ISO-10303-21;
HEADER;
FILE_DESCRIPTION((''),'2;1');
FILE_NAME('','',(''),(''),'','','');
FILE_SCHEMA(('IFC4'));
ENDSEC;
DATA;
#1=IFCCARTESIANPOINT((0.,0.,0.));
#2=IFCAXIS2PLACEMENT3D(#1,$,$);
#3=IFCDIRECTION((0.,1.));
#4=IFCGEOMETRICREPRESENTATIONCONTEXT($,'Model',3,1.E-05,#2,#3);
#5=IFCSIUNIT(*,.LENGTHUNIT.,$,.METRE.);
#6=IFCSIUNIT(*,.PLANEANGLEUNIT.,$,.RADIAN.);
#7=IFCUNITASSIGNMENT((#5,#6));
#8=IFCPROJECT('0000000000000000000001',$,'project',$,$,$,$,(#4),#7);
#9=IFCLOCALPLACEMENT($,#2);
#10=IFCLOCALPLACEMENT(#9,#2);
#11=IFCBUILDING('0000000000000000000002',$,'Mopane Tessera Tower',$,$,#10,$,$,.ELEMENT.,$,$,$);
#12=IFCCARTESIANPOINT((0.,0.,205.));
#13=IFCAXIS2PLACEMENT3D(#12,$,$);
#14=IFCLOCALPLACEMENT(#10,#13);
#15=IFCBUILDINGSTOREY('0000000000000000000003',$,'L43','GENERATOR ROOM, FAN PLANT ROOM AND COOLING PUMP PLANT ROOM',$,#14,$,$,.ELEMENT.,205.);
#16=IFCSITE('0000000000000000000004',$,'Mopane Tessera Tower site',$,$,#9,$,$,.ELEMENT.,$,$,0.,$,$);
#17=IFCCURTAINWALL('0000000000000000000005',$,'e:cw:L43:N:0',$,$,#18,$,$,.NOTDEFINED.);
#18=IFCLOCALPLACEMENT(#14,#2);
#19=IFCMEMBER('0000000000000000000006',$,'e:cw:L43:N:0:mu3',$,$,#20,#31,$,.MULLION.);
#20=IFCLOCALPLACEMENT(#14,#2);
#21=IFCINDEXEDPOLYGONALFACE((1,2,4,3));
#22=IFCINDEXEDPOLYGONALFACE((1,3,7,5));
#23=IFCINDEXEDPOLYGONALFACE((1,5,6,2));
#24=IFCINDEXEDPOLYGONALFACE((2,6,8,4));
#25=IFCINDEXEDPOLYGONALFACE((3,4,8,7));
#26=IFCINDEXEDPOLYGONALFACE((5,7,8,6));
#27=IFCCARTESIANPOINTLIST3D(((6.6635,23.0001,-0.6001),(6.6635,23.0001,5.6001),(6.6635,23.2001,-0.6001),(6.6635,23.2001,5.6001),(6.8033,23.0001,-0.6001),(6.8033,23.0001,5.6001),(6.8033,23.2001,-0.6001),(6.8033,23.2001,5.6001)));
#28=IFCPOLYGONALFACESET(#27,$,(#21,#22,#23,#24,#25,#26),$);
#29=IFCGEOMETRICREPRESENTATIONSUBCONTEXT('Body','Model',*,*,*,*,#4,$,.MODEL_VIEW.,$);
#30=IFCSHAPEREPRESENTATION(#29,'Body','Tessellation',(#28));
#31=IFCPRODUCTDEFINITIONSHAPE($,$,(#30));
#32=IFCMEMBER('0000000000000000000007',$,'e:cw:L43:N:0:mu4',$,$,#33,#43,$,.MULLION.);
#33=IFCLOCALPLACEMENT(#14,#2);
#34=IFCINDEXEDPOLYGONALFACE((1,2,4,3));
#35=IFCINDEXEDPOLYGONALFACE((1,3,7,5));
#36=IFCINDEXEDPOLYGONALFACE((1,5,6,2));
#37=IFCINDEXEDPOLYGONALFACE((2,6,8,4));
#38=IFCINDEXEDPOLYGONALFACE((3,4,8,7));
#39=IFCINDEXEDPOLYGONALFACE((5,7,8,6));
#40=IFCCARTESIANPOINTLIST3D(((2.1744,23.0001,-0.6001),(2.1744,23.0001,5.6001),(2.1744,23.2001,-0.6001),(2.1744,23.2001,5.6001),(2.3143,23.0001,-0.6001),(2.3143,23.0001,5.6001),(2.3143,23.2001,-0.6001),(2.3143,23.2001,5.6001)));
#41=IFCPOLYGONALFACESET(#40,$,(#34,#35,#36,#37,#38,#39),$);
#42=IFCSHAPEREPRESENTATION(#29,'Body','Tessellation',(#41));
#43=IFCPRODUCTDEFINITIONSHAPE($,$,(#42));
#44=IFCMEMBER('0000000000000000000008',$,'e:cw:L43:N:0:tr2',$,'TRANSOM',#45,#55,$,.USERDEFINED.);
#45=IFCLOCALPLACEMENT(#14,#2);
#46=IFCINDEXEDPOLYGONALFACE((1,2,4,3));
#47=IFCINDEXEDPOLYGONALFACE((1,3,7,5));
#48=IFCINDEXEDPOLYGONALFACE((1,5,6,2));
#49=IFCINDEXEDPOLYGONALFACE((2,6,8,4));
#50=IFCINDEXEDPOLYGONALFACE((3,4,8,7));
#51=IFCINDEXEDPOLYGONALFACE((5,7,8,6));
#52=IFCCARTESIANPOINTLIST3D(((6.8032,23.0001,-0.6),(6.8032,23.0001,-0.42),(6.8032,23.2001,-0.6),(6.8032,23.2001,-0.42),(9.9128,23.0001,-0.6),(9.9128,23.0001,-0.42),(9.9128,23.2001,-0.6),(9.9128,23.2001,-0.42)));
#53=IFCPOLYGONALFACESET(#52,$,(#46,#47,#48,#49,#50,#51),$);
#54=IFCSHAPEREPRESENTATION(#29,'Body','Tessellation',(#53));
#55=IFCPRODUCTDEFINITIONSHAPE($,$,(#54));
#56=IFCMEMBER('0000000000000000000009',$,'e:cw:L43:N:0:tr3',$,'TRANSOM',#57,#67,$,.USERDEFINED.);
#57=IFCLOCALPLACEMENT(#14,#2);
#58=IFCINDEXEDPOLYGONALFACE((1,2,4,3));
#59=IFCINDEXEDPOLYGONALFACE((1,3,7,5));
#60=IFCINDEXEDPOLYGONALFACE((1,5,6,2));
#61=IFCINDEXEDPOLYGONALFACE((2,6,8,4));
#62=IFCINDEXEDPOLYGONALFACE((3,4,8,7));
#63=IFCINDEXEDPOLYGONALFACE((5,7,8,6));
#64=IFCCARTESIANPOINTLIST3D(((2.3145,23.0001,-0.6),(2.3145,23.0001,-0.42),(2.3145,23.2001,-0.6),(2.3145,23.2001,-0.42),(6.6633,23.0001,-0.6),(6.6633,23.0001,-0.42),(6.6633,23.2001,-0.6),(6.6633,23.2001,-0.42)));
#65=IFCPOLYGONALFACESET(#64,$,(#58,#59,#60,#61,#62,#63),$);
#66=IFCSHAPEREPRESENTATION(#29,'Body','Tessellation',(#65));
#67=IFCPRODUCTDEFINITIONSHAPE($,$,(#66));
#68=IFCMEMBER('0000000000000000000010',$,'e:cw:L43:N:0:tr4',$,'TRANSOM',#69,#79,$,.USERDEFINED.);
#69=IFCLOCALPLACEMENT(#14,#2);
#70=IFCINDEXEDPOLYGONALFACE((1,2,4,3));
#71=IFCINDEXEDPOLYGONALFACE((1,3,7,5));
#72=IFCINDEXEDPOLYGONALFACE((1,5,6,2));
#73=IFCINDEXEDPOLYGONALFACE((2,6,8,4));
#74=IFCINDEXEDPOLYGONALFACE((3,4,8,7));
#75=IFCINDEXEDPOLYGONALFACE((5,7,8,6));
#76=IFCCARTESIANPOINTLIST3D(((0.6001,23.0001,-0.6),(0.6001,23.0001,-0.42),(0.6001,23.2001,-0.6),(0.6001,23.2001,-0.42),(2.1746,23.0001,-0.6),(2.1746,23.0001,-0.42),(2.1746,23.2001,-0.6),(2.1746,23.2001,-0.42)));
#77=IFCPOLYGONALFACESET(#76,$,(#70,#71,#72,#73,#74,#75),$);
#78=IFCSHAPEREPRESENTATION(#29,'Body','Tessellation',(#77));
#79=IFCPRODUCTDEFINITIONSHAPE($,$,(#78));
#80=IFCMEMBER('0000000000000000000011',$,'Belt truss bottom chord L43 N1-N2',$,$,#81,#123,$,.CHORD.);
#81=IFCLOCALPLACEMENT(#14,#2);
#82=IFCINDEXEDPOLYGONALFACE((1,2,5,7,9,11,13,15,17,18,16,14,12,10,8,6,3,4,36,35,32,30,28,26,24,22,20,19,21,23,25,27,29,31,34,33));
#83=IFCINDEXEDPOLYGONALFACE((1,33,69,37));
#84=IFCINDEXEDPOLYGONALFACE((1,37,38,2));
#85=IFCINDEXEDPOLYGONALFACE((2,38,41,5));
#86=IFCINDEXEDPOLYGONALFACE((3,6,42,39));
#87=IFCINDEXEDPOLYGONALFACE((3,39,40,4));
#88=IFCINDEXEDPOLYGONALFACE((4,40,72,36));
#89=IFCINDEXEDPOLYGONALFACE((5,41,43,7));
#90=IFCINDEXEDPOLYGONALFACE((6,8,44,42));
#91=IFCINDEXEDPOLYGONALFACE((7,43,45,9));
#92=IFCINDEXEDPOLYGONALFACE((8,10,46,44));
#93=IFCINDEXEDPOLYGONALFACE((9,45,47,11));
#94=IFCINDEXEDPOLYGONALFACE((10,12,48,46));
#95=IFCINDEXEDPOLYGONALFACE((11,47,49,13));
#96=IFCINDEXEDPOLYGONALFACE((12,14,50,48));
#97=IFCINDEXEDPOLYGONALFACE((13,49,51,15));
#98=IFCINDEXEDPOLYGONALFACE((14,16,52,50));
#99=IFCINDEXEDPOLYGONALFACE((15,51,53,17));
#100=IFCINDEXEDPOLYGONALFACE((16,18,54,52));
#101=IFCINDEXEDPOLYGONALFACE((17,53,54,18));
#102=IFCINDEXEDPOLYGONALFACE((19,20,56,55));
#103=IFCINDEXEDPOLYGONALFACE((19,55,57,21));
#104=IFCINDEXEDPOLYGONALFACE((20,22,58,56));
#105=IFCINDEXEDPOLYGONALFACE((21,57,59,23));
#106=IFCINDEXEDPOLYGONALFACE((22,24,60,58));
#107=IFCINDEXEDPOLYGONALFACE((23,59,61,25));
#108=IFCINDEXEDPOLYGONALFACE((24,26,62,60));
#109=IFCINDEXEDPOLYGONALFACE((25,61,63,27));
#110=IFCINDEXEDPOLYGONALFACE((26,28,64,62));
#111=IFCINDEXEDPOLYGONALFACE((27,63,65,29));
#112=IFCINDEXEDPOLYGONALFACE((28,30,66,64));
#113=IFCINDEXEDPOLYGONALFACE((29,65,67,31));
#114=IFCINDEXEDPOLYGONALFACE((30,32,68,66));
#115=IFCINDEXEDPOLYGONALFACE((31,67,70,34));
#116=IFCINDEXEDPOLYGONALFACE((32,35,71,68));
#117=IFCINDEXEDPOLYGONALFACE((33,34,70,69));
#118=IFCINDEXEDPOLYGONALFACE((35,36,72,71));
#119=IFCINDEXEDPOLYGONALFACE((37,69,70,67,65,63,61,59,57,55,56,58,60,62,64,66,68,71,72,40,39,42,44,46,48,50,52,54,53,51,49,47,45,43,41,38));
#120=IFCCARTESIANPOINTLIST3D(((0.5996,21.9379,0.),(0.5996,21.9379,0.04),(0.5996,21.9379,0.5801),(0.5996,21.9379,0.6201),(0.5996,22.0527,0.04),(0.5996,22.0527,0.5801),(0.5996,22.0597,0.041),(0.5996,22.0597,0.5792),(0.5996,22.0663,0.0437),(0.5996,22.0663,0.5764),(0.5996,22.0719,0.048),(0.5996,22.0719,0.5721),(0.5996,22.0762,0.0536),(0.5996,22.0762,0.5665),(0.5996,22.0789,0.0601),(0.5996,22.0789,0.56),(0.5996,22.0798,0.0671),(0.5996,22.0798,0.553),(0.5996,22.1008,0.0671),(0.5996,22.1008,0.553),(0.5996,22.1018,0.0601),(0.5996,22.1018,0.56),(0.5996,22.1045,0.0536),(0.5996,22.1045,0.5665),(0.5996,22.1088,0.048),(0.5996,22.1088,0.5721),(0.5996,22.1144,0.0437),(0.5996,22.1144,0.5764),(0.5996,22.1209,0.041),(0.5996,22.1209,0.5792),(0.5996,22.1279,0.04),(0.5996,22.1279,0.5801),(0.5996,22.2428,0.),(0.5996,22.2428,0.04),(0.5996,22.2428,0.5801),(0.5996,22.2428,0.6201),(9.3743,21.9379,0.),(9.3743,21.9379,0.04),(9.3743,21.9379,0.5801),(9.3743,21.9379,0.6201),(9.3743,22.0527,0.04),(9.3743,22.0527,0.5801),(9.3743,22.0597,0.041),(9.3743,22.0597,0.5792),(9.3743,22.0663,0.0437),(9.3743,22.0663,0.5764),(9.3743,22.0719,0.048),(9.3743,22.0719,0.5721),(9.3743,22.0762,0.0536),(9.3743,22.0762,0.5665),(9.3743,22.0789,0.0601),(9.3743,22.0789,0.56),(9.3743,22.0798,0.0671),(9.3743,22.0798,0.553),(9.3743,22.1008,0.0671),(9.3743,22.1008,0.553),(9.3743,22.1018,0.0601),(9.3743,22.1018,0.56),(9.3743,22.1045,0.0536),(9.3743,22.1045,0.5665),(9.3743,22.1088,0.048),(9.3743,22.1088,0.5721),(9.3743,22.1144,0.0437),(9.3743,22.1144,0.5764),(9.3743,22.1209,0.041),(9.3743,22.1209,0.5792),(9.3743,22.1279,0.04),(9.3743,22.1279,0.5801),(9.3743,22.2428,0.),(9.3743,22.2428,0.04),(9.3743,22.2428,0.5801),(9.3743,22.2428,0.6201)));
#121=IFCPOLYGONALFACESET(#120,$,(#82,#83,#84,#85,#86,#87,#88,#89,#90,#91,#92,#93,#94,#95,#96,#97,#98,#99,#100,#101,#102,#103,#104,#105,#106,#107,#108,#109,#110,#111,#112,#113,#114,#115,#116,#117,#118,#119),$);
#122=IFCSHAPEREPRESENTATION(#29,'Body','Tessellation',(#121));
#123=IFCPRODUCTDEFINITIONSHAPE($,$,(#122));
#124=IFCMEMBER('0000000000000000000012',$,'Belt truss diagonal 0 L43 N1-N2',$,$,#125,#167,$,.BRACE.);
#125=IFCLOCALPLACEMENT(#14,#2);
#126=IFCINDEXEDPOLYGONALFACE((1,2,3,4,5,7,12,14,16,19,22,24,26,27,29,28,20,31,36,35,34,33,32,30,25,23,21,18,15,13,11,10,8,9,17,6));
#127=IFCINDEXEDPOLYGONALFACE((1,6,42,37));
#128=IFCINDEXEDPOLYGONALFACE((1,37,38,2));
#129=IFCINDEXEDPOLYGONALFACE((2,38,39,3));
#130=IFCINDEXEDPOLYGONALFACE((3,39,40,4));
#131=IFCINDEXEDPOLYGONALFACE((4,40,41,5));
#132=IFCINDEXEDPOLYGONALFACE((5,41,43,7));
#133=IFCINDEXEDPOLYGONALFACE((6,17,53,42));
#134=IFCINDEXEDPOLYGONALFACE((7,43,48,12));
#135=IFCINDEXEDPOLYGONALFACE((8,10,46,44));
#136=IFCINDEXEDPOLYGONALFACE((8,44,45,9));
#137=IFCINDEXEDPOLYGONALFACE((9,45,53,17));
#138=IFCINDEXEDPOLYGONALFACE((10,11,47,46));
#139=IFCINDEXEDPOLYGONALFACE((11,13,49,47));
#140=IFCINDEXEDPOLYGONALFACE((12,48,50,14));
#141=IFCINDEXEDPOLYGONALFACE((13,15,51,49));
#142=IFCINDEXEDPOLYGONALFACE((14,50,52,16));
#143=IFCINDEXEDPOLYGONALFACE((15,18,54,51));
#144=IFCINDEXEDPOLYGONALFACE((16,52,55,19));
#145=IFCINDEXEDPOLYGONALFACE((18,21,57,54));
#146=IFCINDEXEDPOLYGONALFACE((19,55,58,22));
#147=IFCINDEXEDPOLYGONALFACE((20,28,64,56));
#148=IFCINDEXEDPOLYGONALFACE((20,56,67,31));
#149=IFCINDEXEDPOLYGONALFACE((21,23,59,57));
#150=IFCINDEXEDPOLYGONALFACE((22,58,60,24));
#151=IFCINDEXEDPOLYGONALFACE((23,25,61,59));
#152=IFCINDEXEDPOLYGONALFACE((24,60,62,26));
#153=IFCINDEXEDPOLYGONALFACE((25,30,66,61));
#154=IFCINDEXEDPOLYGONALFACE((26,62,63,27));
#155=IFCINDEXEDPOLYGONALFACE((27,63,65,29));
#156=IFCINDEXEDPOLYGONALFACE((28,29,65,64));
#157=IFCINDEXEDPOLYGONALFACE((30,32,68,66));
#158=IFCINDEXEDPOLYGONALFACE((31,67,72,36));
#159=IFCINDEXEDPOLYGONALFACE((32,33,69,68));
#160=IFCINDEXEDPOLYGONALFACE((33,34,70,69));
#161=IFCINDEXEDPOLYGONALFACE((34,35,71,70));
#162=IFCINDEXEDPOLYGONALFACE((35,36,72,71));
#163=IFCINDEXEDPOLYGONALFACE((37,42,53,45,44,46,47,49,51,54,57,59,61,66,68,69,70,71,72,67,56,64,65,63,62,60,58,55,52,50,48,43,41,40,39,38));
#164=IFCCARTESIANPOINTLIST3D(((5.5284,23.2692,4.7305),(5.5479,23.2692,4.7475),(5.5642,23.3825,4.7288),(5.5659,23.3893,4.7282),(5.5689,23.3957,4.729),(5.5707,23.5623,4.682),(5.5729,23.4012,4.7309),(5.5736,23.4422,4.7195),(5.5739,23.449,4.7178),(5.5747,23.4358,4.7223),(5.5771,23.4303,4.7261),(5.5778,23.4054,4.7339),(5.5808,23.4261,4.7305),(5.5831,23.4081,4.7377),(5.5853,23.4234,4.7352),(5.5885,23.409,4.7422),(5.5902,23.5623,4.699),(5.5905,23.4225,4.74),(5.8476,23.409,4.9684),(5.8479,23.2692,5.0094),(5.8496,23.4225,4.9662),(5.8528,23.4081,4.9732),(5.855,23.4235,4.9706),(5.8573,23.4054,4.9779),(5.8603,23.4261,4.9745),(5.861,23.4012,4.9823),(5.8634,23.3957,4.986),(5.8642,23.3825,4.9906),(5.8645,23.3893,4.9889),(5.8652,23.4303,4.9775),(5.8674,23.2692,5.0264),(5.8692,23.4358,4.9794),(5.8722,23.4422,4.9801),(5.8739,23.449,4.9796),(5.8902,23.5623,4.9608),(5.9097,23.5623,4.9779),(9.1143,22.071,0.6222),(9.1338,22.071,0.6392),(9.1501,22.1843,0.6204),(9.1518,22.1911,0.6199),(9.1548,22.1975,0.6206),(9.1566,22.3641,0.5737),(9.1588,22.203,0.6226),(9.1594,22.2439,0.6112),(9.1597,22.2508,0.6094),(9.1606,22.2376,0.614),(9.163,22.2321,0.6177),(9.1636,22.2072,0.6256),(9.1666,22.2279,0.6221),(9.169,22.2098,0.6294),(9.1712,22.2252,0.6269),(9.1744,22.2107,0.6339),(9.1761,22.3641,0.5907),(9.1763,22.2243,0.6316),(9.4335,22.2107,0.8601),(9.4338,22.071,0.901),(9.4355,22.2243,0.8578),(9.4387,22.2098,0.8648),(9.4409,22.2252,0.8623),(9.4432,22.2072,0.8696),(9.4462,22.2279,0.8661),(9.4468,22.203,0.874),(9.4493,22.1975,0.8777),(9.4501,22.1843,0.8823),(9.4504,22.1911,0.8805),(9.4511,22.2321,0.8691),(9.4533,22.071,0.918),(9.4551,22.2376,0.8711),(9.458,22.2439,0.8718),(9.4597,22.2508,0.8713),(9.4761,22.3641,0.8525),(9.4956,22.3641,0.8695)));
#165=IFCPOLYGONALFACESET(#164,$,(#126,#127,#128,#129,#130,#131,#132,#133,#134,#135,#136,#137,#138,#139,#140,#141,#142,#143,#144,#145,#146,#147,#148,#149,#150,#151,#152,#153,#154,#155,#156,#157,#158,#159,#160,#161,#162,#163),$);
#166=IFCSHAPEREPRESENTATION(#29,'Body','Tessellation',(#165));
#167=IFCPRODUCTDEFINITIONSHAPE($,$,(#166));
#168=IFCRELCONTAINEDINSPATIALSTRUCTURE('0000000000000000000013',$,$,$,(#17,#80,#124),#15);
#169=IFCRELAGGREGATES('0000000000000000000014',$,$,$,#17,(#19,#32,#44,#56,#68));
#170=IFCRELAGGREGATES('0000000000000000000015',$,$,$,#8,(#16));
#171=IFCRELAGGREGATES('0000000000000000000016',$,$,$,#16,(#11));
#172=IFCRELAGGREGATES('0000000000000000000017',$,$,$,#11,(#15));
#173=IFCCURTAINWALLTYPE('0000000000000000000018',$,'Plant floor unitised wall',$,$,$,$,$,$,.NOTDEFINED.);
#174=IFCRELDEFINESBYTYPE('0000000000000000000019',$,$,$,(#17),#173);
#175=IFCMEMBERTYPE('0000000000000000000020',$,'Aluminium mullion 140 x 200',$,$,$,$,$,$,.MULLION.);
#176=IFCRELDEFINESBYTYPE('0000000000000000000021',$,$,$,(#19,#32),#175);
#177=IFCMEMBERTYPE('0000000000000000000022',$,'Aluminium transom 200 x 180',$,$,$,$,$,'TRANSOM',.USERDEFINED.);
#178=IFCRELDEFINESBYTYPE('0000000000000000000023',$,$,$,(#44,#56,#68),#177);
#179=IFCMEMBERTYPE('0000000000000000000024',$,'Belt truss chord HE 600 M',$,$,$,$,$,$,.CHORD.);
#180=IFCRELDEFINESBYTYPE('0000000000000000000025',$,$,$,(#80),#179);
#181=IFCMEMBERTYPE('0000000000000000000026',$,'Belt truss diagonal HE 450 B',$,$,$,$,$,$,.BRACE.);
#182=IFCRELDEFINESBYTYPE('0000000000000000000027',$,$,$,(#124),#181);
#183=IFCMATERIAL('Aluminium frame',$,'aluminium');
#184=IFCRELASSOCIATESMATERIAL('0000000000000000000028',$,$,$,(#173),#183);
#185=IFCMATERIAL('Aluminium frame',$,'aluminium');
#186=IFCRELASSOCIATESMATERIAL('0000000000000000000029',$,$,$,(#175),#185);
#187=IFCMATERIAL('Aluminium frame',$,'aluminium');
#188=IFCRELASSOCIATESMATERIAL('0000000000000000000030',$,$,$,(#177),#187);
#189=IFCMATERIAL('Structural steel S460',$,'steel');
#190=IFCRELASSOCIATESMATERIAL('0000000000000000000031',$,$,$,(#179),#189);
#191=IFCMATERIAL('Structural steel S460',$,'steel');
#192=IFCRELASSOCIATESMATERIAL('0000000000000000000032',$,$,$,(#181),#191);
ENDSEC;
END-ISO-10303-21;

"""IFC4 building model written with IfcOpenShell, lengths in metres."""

from ifc_helpers import new_model, si_unit, direction, frame, origin, origin_2d, place, context, subcontext, project, spatial, rectangle, i_section, extrude, material, material_profile, profile_set, type_object, element, aggregate, save


model = new_model("IFC4")

# Units and contexts
model_context = context("Model", 3, precision=1e-05, world=origin(), true_north=direction((0.0, 1.0)))
body_context = subcontext(model_context, "Body", "Model", "MODEL_VIEW")
ifc_project = project(units=[si_unit("LENGTHUNIT", "METRE"), si_unit("PLANEANGLEUNIT", "RADIAN")], contexts=[model_context])

# Site, building, storey
site_placement = place(None, origin())
site = spatial("IfcSite", under=ifc_project, at=site_placement, Name="Mopane Tessera Tower site", CompositionType="ELEMENT", RefElevation=0.0)
building_placement = place(site_placement, origin())
building = spatial("IfcBuilding", under=site, at=building_placement, Name="Mopane Tessera Tower", CompositionType="ELEMENT")
storey_placement = place(building_placement, frame((0.0, 0.0, 205.0)))
storey = spatial("IfcBuildingStorey", under=building, at=storey_placement, Name="L43", Description="GENERATOR ROOM, FAN PLANT ROOM AND COOLING PUMP PLANT ROOM", CompositionType="ELEMENT", Elevation=205.0)

# Curtain wall, members
ifc_material_1 = material(Name="Aluminium frame", Category="aluminium")
curtain_wall_type = type_object("IfcCurtainWallType", Name="Plant floor unitised wall", PredefinedType="NOTDEFINED", material=ifc_material_1)
curtain_wall_placement = place(storey_placement, origin())
curtain_wall = element("IfcCurtainWall", 1, at=curtain_wall_placement, inside=storey, type_object=curtain_wall_type, Name="e:cw:L43:N:0", PredefinedType="NOTDEFINED")
ifc_material_2 = material(Name="Aluminium frame", Category="aluminium")
ifc_material_profile_1 = material_profile(ifc_material_2, rectangle(XDim=0.1399, YDim=0.2, at=origin_2d()))
ifc_profile_set_1 = profile_set([ifc_material_profile_1], Name="Aluminium frame")
member_type_1 = type_object("IfcMemberType", Name="Aluminium mullion 140 x 200", PredefinedType="MULLION", material=ifc_profile_set_1)
member_1_placement = place(storey_placement, frame((6.7334, 23.1001, -0.6001), z_axis=(0.0, 0.0, 1.0), x_axis=(-1.0, 0.0, 0.0)))
member_1 = element("IfcMember", 2, at=member_1_placement, type_object=member_type_1, Name="e:cw:L43:N:0:mu3", PredefinedType="MULLION", context=body_context, shape_type="SweptSolid", body=[
    extrude(rectangle(XDim=0.1399, YDim=0.2, at=origin_2d()), origin(), (0.0, 0.0, 1.0), 6.2002),
])
member_2_placement = place(storey_placement, frame((2.2444, 23.1001, -0.6001), z_axis=(0.0, 0.0, 1.0), x_axis=(-1.0, 0.0, 0.0)))
member_2 = element("IfcMember", 3, at=member_2_placement, type_object=member_type_1, Name="e:cw:L43:N:0:mu4", PredefinedType="MULLION", context=body_context, shape_type="SweptSolid", body=[
    extrude(rectangle(XDim=0.1399, YDim=0.2, at=origin_2d()), origin(), (0.0, 0.0, 1.0), 6.2002),
])
ifc_material_3 = material(Name="Aluminium frame", Category="aluminium")
ifc_material_profile_2 = material_profile(ifc_material_3, rectangle(XDim=0.2, YDim=0.1799, at=origin_2d()))
ifc_profile_set_2 = profile_set([ifc_material_profile_2], Name="Aluminium frame")
member_type_2 = type_object("IfcMemberType", Name="Aluminium transom 200 x 180", ElementType="TRANSOM", PredefinedType="USERDEFINED", material=ifc_profile_set_2)
member_3_placement = place(storey_placement, frame((9.9128, 23.1001, -0.51), z_axis=(-1.0, 0.0, 0.0), x_axis=(0.0, -1.0, 0.0)))
member_3 = element("IfcMember", 4, at=member_3_placement, type_object=member_type_2, Name="e:cw:L43:N:0:tr2", ObjectType="TRANSOM", PredefinedType="USERDEFINED", context=body_context, shape_type="SweptSolid", body=[
    extrude(rectangle(XDim=0.2, YDim=0.1799, at=origin_2d()), origin(), (0.0, 0.0, 1.0), 3.1096),
])
member_4_placement = place(storey_placement, frame((6.6633, 23.1001, -0.51), z_axis=(-1.0, 0.0, 0.0), x_axis=(0.0, -1.0, 0.0)))
member_4 = element("IfcMember", 5, at=member_4_placement, type_object=member_type_2, Name="e:cw:L43:N:0:tr3", ObjectType="TRANSOM", PredefinedType="USERDEFINED", context=body_context, shape_type="SweptSolid", body=[
    extrude(rectangle(XDim=0.2, YDim=0.1799, at=origin_2d()), origin(), (0.0, 0.0, 1.0), 4.3489),
])
member_5_placement = place(storey_placement, frame((2.1746, 23.1001, -0.51), z_axis=(-1.0, 0.0, 0.0), x_axis=(0.0, -1.0, 0.0)))
member_5 = element("IfcMember", 6, at=member_5_placement, type_object=member_type_2, Name="e:cw:L43:N:0:tr4", ObjectType="TRANSOM", PredefinedType="USERDEFINED", context=body_context, shape_type="SweptSolid", body=[
    extrude(rectangle(XDim=0.2, YDim=0.1799, at=origin_2d()), origin(), (0.0, 0.0, 1.0), 1.5745),
])

# Members
ifc_material_4 = material(Name="Structural steel S460", Category="steel")
ifc_material_profile_3 = material_profile(ifc_material_4, i_section(OverallWidth=0.3049, OverallDepth=0.6201, WebThickness=0.021, FlangeThickness=0.04, FilletRadius=0.0271, at=origin_2d()))
ifc_profile_set_3 = profile_set([ifc_material_profile_3], Name="Structural steel S460")
member_type_3 = type_object("IfcMemberType", Name="Belt truss chord HE 600 M", PredefinedType="CHORD", material=ifc_profile_set_3)
member_6_placement = place(storey_placement, frame((9.3743, 22.0903, 0.3101), z_axis=(-1.0, 0.0, 0.0), x_axis=(0.0, -1.0, 0.0)))
element("IfcMember", 7, at=member_6_placement, inside=storey, type_object=member_type_3, Name="Belt truss bottom chord L43 N1-N2", PredefinedType="CHORD", context=body_context, shape_type="SweptSolid", body=[
    extrude(i_section(OverallWidth=0.3049, OverallDepth=0.6201, WebThickness=0.021, FlangeThickness=0.04, FilletRadius=0.0271, at=origin_2d()), origin(), (0.0, 0.0, 1.0), 8.7747),
])
ifc_material_5 = material(Name="Structural steel S460", Category="steel")
ifc_material_profile_4 = material_profile(ifc_material_5, i_section(OverallWidth=0.3, OverallDepth=0.45, WebThickness=0.0139, FlangeThickness=0.0259, FilletRadius=0.0271, at=origin_2d()))
ifc_profile_set_4 = profile_set([ifc_material_profile_4], Name="Structural steel S460")
member_type_4 = type_object("IfcMemberType", Name="Belt truss diagonal HE 450 B", PredefinedType="BRACE", material=ifc_profile_set_4)
member_7_placement = place(storey_placement, frame((9.3049, 22.2175, 0.7458), z_axis=(-0.642257, 0.21461, 0.735832), x_axis=(-0.14112, -0.9767, 0.161687)))
element("IfcMember", 8, at=member_7_placement, inside=storey, type_object=member_type_4, Name="Belt truss diagonal 0 L43 N1-N2", PredefinedType="BRACE", context=body_context, shape_type="SweptSolid", body=[
    extrude(i_section(OverallWidth=0.3, OverallDepth=0.45, WebThickness=0.0139, FlangeThickness=0.0259, FilletRadius=0.0271, at=origin_2d()), origin(), (0.0, 0.0, 1.0), 5.5833),
])

aggregate(curtain_wall, [member_1, member_2, member_3, member_4, member_5])

save(model, "model.ifc")
